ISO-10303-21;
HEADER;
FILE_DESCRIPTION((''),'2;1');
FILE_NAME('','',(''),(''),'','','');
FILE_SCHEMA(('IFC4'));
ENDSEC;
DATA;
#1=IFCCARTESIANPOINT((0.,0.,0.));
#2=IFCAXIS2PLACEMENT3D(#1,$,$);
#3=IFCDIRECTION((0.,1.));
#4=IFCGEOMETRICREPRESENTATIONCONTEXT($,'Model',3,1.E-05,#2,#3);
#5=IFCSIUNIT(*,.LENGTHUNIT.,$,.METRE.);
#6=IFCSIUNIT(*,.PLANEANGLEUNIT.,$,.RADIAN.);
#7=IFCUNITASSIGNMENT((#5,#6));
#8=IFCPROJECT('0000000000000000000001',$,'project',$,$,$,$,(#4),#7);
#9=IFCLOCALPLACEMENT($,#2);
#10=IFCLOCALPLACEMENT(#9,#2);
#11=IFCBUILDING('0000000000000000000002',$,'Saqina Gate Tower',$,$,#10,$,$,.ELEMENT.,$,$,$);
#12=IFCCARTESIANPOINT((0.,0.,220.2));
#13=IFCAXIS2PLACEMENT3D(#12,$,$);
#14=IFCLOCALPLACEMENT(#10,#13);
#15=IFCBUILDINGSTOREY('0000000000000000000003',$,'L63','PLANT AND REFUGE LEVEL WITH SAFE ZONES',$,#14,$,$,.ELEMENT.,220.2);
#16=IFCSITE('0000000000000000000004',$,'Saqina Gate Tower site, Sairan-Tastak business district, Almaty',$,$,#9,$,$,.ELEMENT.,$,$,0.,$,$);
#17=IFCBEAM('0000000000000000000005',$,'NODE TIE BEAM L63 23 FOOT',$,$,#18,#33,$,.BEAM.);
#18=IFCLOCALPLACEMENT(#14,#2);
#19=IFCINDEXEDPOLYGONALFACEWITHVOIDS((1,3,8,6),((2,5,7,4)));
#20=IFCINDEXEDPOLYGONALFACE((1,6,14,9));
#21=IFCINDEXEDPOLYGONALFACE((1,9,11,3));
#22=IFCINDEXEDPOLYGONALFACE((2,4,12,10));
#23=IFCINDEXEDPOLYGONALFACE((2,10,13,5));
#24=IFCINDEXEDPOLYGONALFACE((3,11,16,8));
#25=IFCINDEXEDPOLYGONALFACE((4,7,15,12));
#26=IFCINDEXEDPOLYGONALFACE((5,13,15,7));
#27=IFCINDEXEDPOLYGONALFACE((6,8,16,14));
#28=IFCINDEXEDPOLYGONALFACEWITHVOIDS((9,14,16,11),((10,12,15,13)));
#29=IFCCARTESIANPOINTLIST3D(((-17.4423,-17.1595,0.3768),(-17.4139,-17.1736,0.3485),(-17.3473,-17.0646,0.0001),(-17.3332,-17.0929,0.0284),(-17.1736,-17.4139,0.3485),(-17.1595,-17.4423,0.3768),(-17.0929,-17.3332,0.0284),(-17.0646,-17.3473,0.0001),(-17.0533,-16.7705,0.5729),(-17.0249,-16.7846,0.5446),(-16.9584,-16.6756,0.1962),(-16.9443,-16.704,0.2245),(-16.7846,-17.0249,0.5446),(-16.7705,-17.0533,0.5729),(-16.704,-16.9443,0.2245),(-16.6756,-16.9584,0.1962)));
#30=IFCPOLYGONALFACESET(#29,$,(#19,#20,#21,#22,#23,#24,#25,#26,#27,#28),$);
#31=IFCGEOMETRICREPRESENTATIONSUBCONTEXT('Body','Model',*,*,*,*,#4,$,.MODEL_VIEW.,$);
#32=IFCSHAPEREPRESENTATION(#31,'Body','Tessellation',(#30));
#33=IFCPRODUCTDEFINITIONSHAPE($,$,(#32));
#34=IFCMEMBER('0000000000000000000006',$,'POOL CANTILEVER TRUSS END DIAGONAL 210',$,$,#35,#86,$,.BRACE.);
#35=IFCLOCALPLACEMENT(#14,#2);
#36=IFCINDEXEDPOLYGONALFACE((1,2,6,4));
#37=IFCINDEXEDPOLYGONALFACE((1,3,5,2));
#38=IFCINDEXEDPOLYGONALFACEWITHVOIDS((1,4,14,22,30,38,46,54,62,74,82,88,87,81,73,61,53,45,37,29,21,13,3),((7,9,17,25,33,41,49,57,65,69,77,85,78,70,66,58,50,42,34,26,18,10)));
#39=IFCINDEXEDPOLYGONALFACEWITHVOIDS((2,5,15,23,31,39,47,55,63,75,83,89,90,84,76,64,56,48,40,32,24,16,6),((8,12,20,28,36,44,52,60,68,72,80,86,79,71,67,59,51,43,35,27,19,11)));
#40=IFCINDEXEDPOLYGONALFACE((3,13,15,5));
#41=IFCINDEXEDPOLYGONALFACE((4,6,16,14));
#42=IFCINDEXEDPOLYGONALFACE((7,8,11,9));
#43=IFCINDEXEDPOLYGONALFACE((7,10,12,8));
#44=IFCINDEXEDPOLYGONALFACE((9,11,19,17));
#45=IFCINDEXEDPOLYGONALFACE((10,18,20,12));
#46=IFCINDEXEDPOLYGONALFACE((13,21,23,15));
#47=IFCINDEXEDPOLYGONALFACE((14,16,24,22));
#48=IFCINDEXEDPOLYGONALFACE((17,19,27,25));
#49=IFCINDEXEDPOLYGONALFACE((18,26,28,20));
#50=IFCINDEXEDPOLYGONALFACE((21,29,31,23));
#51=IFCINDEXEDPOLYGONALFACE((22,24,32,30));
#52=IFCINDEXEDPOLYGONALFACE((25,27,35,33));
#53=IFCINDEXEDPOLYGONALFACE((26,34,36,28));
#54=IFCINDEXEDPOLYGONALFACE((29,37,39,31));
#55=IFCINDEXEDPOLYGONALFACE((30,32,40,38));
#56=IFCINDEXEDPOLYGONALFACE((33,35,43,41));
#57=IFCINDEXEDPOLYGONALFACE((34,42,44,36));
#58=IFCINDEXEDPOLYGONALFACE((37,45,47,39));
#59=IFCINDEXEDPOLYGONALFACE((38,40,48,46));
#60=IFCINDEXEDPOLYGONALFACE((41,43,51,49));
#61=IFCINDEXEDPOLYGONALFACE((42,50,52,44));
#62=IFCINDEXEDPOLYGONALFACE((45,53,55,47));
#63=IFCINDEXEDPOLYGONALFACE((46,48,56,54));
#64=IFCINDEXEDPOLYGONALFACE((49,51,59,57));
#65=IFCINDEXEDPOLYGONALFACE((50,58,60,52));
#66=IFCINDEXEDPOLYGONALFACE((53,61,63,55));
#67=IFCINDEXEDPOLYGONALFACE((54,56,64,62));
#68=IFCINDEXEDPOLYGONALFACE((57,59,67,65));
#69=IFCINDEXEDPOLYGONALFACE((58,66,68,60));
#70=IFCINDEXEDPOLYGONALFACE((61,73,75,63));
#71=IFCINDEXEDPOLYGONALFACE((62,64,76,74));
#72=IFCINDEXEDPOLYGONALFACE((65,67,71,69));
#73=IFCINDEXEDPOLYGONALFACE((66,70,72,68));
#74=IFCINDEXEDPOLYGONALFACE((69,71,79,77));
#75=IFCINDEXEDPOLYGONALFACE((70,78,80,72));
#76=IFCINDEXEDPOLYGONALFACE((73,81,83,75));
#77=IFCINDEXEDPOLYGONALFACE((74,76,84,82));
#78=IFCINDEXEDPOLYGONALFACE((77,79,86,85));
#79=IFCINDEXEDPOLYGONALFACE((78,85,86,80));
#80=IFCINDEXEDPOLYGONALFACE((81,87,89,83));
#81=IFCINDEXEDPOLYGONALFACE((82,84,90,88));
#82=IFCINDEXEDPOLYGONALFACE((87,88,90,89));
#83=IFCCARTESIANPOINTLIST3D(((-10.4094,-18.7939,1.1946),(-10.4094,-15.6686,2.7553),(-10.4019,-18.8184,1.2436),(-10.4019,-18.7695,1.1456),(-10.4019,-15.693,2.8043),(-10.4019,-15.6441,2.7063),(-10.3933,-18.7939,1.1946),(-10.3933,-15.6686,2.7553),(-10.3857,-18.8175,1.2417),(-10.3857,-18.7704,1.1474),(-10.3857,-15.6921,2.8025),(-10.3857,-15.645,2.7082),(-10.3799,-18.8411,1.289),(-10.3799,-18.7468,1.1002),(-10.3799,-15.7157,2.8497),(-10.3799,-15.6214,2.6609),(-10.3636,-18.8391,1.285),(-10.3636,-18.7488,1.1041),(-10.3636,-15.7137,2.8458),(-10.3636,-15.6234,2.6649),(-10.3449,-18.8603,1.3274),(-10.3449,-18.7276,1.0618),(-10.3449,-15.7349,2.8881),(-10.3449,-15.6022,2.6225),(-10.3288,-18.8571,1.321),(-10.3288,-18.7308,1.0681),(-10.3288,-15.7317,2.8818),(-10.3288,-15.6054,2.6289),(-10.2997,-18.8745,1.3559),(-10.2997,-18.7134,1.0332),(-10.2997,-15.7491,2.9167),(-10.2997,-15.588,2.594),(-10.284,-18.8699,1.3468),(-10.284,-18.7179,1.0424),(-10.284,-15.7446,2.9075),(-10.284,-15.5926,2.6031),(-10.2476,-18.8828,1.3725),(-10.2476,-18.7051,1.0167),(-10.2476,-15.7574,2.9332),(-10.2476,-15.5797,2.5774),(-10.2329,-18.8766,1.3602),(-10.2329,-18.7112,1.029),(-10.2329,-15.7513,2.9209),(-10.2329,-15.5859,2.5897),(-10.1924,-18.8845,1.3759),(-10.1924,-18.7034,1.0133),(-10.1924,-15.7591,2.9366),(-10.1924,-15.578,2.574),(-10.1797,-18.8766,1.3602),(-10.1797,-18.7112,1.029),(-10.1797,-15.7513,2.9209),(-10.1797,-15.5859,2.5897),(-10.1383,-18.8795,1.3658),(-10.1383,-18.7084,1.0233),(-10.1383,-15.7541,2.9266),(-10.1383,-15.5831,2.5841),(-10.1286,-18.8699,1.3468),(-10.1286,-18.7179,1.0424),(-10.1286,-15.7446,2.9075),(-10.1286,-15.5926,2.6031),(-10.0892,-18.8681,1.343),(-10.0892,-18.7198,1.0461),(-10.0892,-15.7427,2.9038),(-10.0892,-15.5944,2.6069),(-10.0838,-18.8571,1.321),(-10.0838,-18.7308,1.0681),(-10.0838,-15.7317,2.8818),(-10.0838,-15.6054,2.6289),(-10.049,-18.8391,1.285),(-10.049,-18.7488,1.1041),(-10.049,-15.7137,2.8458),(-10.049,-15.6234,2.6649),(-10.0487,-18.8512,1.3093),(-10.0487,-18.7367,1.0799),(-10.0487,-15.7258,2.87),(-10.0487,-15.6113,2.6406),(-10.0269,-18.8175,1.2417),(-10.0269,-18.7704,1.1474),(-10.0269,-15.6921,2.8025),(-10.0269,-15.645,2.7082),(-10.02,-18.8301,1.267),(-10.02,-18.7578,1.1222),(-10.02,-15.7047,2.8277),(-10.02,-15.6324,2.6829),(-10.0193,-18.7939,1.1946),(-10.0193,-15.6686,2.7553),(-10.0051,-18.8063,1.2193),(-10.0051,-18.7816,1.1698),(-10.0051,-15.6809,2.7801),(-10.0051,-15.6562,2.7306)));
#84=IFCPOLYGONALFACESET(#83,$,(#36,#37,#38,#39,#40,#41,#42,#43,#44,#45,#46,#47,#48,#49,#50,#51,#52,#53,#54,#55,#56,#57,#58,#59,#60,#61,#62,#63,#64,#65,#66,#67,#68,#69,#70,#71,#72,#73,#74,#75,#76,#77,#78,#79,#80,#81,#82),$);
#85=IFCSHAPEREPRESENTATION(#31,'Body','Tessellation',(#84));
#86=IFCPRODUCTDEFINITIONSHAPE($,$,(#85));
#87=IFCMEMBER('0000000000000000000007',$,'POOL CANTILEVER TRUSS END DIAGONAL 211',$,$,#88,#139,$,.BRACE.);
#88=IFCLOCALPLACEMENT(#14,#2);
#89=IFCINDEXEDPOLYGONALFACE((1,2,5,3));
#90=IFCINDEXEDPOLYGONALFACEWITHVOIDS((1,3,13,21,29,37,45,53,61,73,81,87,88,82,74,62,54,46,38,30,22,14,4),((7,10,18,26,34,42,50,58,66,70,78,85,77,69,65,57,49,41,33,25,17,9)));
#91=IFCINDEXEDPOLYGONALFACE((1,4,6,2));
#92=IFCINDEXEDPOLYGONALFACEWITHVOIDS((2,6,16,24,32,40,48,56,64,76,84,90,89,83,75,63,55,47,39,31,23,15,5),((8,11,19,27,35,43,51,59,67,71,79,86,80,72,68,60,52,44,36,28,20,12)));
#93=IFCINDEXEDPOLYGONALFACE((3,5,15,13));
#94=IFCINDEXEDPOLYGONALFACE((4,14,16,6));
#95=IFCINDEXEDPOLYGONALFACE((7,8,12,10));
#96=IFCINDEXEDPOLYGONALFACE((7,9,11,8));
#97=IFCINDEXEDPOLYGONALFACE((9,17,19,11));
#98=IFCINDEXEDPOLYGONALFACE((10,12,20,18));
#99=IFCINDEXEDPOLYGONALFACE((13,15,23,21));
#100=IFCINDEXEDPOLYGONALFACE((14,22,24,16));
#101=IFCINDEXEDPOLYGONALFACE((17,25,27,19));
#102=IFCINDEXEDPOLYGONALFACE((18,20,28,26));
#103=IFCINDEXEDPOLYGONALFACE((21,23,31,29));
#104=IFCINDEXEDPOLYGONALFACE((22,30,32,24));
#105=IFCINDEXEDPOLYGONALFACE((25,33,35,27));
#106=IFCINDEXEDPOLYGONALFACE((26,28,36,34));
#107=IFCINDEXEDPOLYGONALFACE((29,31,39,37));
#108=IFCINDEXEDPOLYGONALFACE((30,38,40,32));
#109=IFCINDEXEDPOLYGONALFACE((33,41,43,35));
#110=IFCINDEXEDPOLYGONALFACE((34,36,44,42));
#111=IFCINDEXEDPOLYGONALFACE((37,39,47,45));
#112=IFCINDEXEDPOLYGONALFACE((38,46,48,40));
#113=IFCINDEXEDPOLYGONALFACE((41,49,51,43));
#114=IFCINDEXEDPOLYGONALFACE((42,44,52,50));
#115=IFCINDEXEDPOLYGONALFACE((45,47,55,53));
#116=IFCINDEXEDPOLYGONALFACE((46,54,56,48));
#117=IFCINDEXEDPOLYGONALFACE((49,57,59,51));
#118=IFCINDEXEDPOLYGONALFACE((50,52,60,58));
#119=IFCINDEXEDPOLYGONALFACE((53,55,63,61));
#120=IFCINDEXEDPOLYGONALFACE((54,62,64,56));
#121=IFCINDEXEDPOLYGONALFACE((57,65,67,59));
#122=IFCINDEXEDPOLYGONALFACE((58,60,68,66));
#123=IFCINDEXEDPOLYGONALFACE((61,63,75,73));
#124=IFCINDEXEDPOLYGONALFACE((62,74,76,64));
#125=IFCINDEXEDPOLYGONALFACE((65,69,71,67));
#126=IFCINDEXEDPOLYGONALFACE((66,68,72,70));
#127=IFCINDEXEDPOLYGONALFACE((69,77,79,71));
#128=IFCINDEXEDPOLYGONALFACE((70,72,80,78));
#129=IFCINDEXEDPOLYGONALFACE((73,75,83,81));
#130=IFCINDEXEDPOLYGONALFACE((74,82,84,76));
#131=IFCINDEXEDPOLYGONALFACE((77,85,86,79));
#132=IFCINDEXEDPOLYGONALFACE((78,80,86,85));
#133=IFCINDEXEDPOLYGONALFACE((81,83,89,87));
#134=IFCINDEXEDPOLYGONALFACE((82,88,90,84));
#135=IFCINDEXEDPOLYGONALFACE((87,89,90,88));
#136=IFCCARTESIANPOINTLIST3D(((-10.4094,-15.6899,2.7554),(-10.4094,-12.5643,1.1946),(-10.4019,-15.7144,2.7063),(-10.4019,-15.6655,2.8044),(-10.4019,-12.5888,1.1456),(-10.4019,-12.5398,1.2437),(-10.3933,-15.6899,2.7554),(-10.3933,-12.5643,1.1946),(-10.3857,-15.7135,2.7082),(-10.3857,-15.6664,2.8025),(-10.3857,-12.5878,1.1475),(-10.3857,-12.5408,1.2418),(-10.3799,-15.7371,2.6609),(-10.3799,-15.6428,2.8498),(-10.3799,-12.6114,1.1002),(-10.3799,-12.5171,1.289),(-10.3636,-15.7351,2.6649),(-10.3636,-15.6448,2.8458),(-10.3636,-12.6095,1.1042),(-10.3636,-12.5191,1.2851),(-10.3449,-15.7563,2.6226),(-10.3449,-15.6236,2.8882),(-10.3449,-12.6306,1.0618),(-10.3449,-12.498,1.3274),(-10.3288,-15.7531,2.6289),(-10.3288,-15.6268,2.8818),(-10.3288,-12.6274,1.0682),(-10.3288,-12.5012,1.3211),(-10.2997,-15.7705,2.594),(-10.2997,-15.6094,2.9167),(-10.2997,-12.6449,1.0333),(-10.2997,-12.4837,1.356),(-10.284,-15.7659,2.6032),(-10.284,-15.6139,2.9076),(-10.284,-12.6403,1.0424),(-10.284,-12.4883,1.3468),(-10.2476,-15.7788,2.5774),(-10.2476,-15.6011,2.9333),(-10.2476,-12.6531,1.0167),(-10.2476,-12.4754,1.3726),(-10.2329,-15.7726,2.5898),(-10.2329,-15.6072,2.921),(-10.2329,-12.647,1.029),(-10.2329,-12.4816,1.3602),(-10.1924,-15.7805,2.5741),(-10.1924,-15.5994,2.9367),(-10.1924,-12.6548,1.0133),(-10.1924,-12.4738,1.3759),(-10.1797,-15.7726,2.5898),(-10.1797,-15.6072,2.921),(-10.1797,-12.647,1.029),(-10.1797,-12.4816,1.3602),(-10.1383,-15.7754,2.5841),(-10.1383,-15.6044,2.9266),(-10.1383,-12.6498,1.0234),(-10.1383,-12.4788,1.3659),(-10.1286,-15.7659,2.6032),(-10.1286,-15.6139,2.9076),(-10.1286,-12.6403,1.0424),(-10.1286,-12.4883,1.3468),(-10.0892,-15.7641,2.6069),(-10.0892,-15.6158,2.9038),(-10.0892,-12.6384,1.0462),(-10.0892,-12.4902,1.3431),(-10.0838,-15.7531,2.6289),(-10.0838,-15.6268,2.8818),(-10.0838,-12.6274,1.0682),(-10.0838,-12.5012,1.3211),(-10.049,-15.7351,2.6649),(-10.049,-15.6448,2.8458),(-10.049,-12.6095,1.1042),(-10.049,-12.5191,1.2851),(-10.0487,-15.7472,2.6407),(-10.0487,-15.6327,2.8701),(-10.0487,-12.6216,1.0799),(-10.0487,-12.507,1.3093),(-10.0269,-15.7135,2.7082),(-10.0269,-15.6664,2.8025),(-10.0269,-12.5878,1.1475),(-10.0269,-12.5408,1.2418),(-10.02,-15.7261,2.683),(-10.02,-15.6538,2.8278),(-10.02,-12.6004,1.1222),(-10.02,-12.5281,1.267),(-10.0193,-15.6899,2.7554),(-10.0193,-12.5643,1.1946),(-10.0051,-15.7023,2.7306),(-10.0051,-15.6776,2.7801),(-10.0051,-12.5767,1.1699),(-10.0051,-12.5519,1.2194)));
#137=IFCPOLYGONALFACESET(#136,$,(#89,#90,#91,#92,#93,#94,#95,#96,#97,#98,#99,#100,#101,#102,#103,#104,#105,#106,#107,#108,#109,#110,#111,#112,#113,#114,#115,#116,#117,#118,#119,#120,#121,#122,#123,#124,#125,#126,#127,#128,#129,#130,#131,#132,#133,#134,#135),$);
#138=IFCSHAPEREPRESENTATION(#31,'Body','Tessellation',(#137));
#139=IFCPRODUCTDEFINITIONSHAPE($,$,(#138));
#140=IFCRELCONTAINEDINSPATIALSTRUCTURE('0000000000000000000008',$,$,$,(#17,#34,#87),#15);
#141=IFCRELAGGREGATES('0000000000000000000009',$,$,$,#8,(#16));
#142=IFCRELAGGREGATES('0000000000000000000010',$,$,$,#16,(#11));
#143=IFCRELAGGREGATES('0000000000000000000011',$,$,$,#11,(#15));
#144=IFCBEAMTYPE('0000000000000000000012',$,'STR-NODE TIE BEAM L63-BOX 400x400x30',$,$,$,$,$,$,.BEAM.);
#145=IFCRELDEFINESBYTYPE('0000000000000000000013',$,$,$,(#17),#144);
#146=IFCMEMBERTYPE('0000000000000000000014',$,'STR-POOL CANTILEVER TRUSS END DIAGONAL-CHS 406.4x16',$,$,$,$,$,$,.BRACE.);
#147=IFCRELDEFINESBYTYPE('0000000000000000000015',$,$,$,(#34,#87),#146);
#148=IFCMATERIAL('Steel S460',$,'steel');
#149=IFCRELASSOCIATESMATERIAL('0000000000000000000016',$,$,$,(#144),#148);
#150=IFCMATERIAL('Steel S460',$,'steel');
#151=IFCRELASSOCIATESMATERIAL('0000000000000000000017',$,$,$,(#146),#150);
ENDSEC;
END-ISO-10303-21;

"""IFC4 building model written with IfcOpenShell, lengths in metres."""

from ifc_helpers import new_model, si_unit, direction, frame, origin, origin_2d, place, context, subcontext, project, spatial, hollow_rectangle, hollow_circle, extrude, material, material_profile, profile_set, type_object, element, save


model = new_model("IFC4")

# Units and contexts
model_context = context("Model", 3, precision=1e-05, world=origin(), true_north=direction((0.0, 1.0)))
body_context = subcontext(model_context, "Body", "Model", "MODEL_VIEW")
ifc_project = project(units=[si_unit("LENGTHUNIT", "METRE"), si_unit("PLANEANGLEUNIT", "RADIAN")], contexts=[model_context])

# Site, building, storey
site_placement = place(None, origin())
site = spatial("IfcSite", under=ifc_project, at=site_placement, Name="Saqina Gate Tower site, Sairan-Tastak business district, Almaty", CompositionType="ELEMENT", RefElevation=0.0)
building_placement = place(site_placement, origin())
building = spatial("IfcBuilding", under=site, at=building_placement, Name="Saqina Gate Tower", CompositionType="ELEMENT")
storey_placement = place(building_placement, frame((0.0, 0.0, 220.2)))
storey = spatial("IfcBuildingStorey", under=building, at=storey_placement, Name="L63", Description="PLANT AND REFUGE LEVEL WITH SAFE ZONES", CompositionType="ELEMENT", Elevation=220.2)

# Beam
ifc_material_1 = material(Name="Steel S460", Category="steel")
ifc_material_profile_1 = material_profile(ifc_material_1, hollow_rectangle(XDim=0.3999, YDim=0.3999, WallThickness=0.03, at=origin_2d()), Name="BOX 400x400x30")
ifc_profile_set_1 = profile_set([ifc_material_profile_1], Name="Steel S460")
beam_type = type_object("IfcBeamType", Name="STR-NODE TIE BEAM L63-BOX 400x400x30", PredefinedType="BEAM", material=ifc_profile_set_1)
beam_placement = place(storey_placement, frame((-17.2534, -17.2534, 0.1885), z_axis=(0.666061, 0.666061, 0.335748), x_axis=(-0.707107, 0.707107, 0.0)))
element("IfcBeam", 1, at=beam_placement, inside=storey, type_object=beam_type, Name="NODE TIE BEAM L63 23 FOOT", PredefinedType="BEAM", context=body_context, shape_type="SweptSolid", body=[
    extrude(hollow_rectangle(XDim=0.3999, YDim=0.3999, WallThickness=0.03, at=origin_2d()), origin(), (0.0, 0.0, 1.0), 0.584),
])

# Members
ifc_material_2 = material(Name="Steel S460", Category="steel")
ifc_material_profile_2 = material_profile(ifc_material_2, hollow_circle(Radius=0.2031, WallThickness=0.0161, at=origin_2d()), Name="CHS 406.4x16")
ifc_profile_set_2 = profile_set([ifc_material_profile_2], Name="Steel S460")
member_type_1 = type_object("IfcMemberType", Name="STR-POOL CANTILEVER TRUSS END DIAGONAL-CHS 406.4x16", PredefinedType="BRACE", material=ifc_profile_set_2)
member_1_placement = place(storey_placement, frame((-10.2063, -18.7939, 1.1946), z_axis=(0.0, 0.894651, 0.446766), x_axis=(-1.0, 0.0, 0.0)))
element("IfcMember", 2, at=member_1_placement, inside=storey, type_object=member_type_1, Name="POOL CANTILEVER TRUSS END DIAGONAL 210", PredefinedType="BRACE", context=body_context, shape_type="SweptSolid", body=[
    extrude(hollow_circle(Radius=0.2031, WallThickness=0.0161, at=origin_2d()), origin(), (0.0, 0.0, 1.0), 3.4934),
])
member_2_placement = place(storey_placement, frame((-10.2063, -15.6899, 2.7554), z_axis=(0.0, 0.894665, -0.446738), x_axis=(-1.0, 0.0, 0.0)))
element("IfcMember", 3, at=member_2_placement, inside=storey, type_object=member_type_1, Name="POOL CANTILEVER TRUSS END DIAGONAL 211", PredefinedType="BRACE", context=body_context, shape_type="SweptSolid", body=[
    extrude(hollow_circle(Radius=0.2031, WallThickness=0.0161, at=origin_2d()), origin(), (0.0, 0.0, 1.0), 3.4937),
])

save(model, "model.ifc")
